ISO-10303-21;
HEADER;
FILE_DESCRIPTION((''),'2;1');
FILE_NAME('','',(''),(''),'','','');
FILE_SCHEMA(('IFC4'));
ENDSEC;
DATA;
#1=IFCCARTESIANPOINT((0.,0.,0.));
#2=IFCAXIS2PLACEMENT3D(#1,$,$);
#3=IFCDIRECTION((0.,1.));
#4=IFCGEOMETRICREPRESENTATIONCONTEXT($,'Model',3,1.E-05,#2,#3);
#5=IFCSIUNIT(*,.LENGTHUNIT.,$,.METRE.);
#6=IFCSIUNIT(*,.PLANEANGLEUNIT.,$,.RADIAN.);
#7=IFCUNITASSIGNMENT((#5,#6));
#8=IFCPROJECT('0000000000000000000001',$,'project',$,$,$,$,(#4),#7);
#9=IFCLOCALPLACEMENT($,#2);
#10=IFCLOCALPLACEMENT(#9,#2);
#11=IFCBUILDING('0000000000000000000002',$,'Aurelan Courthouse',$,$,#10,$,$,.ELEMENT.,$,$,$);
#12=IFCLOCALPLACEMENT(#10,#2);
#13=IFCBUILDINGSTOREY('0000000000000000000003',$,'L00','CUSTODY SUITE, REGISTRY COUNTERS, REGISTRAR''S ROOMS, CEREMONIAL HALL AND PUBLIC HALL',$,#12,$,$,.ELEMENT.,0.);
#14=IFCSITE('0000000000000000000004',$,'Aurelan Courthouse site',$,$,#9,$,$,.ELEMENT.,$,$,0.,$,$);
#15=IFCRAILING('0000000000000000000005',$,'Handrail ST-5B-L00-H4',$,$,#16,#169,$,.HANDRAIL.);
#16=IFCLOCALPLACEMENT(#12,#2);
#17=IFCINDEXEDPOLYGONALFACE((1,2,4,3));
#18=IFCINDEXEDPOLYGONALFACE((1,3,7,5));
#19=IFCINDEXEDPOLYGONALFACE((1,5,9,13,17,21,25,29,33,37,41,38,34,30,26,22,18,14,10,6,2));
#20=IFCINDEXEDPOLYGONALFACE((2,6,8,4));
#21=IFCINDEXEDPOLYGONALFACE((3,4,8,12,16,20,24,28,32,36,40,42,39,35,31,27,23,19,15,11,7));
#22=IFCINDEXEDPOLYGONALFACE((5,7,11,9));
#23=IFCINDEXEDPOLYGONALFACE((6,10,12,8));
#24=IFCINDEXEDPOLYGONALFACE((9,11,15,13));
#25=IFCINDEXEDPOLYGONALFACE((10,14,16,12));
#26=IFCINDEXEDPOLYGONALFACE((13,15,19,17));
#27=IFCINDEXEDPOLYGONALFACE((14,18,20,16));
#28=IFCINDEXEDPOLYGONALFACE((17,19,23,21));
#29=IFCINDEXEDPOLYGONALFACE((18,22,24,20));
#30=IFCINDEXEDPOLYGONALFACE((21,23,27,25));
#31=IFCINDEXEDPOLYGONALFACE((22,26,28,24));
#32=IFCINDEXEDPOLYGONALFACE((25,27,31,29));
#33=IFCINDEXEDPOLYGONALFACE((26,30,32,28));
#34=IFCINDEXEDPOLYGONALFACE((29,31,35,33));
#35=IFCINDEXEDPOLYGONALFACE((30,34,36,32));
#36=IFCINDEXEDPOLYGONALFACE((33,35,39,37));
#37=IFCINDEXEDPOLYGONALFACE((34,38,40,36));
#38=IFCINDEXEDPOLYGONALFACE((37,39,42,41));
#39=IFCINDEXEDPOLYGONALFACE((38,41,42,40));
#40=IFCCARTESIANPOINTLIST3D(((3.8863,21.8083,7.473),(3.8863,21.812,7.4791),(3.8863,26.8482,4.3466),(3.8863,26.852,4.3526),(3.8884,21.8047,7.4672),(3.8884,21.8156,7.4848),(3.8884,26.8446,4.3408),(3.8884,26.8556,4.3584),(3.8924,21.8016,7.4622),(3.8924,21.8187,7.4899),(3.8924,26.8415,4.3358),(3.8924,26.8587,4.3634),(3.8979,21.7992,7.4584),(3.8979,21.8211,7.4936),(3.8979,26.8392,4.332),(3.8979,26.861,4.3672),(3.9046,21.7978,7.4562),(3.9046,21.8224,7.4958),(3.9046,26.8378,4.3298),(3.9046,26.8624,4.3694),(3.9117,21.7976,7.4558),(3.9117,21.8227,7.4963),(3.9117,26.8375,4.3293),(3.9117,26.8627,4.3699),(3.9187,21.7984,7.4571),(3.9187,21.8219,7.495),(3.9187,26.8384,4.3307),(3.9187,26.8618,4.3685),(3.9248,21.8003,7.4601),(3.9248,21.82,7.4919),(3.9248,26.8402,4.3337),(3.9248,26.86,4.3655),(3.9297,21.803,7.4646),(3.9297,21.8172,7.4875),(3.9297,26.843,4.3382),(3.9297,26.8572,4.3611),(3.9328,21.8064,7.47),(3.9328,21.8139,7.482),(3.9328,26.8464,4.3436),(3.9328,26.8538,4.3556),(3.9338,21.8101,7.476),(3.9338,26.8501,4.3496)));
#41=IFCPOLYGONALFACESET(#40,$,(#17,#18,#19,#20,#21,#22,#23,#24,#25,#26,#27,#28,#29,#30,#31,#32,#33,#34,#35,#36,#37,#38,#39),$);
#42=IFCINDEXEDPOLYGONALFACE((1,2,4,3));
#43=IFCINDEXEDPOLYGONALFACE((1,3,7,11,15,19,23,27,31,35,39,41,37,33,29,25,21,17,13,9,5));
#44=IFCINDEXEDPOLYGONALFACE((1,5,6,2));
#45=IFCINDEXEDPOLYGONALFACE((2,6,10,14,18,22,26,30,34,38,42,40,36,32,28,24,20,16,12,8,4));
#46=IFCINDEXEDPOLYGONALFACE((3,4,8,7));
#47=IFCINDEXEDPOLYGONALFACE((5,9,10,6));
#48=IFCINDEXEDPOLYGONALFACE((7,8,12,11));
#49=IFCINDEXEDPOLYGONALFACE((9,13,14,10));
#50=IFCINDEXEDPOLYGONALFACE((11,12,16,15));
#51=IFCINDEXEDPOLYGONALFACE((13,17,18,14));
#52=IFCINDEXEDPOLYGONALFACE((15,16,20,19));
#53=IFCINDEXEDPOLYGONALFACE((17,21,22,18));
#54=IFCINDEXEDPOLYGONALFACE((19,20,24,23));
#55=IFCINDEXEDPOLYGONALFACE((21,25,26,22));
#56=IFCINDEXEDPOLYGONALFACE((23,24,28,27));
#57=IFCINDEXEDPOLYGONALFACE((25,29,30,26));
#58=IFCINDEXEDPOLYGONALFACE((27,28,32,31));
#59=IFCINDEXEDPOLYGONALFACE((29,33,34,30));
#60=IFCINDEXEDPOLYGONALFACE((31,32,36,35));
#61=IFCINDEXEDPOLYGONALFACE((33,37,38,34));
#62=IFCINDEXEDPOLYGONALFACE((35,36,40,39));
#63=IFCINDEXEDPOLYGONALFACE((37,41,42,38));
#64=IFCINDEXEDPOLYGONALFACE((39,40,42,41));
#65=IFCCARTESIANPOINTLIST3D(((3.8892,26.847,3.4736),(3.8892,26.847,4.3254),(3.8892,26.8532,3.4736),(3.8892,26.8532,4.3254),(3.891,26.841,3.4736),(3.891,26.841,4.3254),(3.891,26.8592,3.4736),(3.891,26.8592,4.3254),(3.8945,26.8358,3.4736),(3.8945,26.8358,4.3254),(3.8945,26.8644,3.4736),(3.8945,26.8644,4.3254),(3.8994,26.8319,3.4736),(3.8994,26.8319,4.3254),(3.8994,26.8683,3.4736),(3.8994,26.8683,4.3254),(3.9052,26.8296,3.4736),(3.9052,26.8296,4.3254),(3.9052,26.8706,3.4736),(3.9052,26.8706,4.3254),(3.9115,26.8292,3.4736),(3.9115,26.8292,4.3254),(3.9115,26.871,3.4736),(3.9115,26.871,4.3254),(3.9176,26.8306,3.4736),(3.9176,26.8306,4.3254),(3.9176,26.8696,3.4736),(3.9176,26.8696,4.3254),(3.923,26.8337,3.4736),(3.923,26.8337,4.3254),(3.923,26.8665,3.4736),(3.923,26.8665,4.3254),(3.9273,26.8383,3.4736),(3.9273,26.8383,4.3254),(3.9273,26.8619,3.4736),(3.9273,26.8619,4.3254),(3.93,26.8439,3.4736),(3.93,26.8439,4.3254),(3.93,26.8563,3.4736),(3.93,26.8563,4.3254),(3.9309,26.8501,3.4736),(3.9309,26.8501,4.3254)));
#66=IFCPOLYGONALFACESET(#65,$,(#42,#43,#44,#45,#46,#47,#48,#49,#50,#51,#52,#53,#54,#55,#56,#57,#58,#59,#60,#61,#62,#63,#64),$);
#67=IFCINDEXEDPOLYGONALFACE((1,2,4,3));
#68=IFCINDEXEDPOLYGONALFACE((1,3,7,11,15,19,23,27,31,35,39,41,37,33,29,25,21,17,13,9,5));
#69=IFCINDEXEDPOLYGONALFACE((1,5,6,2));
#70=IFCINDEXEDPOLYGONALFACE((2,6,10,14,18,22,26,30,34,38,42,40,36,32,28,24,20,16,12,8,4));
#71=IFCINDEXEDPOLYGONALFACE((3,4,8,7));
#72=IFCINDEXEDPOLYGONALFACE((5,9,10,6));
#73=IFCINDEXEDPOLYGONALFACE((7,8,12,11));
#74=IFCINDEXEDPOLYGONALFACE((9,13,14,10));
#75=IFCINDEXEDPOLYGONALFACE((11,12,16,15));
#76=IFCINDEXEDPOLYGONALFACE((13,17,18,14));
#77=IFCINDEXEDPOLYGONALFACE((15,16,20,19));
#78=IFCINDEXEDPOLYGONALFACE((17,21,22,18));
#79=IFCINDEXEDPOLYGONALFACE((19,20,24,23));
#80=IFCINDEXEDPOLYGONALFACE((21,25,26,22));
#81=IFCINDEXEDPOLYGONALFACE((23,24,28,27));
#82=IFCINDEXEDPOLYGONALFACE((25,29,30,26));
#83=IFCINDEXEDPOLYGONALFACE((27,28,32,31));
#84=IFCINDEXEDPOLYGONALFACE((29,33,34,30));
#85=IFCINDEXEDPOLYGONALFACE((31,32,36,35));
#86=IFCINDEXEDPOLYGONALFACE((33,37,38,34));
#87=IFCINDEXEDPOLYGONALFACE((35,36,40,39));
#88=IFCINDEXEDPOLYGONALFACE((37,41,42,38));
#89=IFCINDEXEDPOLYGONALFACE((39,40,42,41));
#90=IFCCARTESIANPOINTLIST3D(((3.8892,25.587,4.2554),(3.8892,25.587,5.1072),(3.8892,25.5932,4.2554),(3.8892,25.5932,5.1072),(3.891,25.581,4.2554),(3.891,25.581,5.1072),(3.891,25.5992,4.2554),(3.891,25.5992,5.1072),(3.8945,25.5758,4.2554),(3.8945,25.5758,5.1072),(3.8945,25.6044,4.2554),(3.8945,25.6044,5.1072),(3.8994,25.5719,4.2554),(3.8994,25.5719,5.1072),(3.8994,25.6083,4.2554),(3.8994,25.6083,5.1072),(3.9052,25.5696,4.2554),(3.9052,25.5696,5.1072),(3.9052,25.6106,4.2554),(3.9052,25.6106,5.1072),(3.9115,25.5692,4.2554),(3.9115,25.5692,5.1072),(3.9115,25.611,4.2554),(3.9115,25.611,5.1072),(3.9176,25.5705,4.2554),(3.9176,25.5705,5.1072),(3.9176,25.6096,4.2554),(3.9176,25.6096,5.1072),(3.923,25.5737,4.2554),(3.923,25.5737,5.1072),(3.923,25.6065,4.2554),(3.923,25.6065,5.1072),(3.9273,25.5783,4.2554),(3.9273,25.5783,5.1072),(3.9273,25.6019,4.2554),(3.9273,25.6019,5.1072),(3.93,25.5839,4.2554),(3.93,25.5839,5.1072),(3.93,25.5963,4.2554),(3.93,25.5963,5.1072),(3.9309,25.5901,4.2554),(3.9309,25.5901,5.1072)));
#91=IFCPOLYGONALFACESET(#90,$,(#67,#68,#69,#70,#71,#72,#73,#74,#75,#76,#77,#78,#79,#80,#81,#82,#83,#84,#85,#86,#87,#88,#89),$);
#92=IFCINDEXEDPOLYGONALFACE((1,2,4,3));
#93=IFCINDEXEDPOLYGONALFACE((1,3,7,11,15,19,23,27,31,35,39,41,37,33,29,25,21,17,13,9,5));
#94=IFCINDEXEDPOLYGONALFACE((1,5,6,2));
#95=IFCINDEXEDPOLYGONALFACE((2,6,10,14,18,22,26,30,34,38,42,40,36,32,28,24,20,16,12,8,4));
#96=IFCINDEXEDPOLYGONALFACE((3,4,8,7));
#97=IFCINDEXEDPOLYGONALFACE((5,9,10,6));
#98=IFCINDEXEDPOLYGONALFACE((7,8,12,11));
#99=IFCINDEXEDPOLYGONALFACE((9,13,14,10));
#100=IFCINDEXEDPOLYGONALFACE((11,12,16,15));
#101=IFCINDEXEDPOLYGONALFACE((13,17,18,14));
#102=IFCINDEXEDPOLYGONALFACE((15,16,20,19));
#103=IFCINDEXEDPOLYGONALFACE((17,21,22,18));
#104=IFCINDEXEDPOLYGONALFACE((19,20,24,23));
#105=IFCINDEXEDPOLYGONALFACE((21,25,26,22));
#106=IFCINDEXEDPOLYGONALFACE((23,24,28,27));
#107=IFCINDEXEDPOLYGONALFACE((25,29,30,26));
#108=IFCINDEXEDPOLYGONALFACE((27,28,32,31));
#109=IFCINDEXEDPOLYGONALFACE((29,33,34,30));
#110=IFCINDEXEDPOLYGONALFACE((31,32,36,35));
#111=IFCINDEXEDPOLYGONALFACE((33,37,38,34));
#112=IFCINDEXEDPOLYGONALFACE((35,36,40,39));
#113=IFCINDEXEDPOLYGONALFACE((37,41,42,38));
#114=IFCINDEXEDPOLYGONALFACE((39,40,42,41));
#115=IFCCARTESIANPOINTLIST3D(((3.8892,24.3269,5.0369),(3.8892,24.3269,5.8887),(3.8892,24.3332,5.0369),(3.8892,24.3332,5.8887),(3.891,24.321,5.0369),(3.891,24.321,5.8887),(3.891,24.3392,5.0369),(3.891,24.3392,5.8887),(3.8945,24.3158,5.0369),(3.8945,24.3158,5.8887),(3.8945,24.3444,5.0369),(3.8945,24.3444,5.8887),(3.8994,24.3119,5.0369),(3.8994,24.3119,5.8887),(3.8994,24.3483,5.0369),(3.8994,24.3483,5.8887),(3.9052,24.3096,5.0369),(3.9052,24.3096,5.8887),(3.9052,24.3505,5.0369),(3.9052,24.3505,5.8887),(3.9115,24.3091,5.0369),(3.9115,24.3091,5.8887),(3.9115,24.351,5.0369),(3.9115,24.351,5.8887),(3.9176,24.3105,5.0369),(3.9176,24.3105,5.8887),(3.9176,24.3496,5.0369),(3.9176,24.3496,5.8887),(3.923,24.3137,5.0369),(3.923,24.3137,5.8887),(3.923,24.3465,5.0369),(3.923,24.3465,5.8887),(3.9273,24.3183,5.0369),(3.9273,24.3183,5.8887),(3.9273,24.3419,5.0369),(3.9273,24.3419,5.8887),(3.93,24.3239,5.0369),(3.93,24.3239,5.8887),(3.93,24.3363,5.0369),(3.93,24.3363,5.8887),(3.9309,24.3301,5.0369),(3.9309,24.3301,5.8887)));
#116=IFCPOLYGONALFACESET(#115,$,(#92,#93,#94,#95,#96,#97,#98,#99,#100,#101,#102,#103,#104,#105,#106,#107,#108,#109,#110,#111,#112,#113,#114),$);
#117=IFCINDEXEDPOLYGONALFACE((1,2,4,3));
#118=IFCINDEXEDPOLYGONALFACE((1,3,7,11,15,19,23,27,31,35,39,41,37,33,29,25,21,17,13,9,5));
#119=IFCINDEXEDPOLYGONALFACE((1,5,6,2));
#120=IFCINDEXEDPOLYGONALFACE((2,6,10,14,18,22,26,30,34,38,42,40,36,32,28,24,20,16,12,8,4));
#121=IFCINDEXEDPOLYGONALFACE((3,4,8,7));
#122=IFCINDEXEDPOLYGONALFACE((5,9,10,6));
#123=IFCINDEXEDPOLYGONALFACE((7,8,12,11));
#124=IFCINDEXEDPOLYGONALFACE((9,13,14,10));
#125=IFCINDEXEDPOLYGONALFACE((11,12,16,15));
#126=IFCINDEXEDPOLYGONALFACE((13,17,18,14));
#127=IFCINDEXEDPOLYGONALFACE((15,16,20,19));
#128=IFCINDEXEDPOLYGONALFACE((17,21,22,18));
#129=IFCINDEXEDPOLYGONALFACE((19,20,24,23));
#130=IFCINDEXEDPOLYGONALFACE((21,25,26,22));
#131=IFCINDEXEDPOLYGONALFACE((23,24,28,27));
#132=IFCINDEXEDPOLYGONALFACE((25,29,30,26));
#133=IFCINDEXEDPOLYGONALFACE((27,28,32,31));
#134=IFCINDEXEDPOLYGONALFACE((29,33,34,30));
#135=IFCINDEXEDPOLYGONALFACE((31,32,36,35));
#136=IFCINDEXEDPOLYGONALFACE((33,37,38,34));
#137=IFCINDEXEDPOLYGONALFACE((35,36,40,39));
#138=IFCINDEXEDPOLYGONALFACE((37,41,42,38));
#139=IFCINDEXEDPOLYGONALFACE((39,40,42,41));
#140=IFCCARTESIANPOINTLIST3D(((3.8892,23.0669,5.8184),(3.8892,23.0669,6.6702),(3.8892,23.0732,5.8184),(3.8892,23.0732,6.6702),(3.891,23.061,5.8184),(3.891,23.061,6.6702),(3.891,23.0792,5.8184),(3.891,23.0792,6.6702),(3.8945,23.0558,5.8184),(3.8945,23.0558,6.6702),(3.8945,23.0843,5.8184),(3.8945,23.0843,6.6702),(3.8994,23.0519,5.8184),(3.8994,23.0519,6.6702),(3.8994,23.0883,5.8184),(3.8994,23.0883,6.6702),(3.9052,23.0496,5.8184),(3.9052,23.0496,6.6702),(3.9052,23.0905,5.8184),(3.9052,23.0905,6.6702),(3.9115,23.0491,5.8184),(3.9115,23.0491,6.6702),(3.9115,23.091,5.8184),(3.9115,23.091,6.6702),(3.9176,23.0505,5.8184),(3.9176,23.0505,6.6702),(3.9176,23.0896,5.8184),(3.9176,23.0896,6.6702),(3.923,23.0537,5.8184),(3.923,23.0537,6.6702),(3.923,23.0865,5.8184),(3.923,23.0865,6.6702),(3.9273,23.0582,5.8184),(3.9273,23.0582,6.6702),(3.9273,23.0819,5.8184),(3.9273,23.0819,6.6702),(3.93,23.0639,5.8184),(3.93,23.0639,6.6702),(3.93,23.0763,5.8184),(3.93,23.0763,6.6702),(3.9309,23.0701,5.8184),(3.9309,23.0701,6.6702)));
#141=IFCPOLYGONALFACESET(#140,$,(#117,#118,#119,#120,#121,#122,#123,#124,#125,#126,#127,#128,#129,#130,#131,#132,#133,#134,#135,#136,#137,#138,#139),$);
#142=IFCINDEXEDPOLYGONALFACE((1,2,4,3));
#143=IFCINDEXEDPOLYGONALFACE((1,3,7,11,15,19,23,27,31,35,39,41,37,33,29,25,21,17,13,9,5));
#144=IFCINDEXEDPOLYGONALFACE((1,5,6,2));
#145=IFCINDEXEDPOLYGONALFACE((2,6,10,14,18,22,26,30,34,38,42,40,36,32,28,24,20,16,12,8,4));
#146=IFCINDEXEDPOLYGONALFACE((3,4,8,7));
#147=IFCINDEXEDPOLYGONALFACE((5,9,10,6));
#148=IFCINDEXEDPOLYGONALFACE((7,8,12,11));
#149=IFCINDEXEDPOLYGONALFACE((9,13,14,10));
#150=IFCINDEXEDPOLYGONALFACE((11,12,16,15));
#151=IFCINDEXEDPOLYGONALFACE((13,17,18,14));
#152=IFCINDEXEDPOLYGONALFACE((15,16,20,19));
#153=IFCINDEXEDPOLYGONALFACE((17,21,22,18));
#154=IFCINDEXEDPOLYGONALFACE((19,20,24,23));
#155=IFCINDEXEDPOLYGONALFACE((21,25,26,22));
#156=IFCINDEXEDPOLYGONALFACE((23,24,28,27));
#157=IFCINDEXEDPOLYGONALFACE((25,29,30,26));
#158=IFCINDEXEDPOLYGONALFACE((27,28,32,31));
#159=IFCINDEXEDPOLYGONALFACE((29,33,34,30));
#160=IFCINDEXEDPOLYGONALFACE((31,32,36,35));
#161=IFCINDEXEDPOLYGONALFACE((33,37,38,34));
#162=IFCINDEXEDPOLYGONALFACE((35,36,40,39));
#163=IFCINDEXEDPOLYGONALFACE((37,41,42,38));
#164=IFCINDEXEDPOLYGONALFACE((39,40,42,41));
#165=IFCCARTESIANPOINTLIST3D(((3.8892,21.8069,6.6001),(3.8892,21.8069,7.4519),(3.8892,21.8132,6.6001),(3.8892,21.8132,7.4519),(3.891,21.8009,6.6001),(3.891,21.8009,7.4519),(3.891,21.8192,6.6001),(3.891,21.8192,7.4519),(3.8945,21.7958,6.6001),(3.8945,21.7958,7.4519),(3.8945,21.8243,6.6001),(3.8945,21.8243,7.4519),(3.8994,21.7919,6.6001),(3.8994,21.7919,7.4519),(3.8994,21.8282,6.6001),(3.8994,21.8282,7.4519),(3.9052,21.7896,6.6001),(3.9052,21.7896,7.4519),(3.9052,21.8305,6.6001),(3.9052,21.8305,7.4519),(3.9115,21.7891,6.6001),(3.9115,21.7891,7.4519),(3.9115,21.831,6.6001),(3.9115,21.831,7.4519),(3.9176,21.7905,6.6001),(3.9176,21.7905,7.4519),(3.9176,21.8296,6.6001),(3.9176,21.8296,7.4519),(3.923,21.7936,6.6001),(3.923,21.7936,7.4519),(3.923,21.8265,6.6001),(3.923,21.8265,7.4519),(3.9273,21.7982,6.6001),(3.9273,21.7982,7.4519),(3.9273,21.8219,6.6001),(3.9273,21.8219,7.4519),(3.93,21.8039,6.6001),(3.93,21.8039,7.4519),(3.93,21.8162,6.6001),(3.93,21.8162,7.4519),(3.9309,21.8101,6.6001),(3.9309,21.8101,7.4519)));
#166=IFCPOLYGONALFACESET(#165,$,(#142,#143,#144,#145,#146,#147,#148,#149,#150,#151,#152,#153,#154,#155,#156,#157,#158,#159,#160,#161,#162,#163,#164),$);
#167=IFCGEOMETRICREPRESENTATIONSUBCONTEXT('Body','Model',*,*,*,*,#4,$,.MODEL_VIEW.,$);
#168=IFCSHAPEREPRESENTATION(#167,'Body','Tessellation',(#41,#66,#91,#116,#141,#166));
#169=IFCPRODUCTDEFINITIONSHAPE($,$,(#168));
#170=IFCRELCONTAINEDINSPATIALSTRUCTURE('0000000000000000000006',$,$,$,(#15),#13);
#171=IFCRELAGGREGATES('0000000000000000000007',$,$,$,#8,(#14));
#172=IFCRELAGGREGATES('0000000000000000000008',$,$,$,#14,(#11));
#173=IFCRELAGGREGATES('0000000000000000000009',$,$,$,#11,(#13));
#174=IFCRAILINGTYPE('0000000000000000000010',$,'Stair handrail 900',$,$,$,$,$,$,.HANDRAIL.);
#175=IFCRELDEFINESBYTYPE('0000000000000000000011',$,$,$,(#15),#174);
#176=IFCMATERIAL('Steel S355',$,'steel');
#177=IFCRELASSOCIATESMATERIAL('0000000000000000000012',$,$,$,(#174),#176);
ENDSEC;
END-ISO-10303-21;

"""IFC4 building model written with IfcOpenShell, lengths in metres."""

from ifc_helpers import new_model, si_unit, direction, frame, origin, origin_2d, place, context, subcontext, project, spatial, circle, extrude, material, type_object, element, save


model = new_model("IFC4")

# Units and contexts
model_context = context("Model", 3, precision=1e-05, world=origin(), true_north=direction((0.0, 1.0)))
body_context = subcontext(model_context, "Body", "Model", "MODEL_VIEW")
ifc_project = project(units=[si_unit("LENGTHUNIT", "METRE"), si_unit("PLANEANGLEUNIT", "RADIAN")], contexts=[model_context])

# Site, building, storey
site_placement = place(None, origin())
site = spatial("IfcSite", under=ifc_project, at=site_placement, Name="Aurelan Courthouse site", CompositionType="ELEMENT", RefElevation=0.0)
building_placement = place(site_placement, origin())
building = spatial("IfcBuilding", under=site, at=building_placement, Name="Aurelan Courthouse", CompositionType="ELEMENT")
storey_placement = place(building_placement, origin())
storey = spatial("IfcBuildingStorey", under=building, at=storey_placement, Name="L00", Description="CUSTODY SUITE, REGISTRY COUNTERS, REGISTRAR'S ROOMS, CEREMONIAL HALL AND PUBLIC HALL", CompositionType="ELEMENT", Elevation=0.0)

# Railing
ifc_material_1 = material(Name="Steel S355", Category="steel")
railing_type_1 = type_object("IfcRailingType", Name="Stair handrail 900", PredefinedType="HANDRAIL", material=ifc_material_1)
for number, where, name in (
    (1, (3.9099, 26.8501, 3.4736), "Handrail ST-5B-L00-H4"),
):
    element("IfcRailing", number, at=place(storey_placement, frame(where)), inside=storey, type_object=railing_type_1, Name=name, PredefinedType="HANDRAIL", context=body_context, shape_type="SweptSolid", body=[
        extrude(circle(Radius=0.0239, at=origin_2d()), frame((0.0, 0.0, 0.876), z_axis=(0.0, -0.849779, 0.527139), x_axis=(1.0, 0.0, 0.0)), (0.0, 0.0, 1.0), 5.9309),
        extrude(circle(Radius=0.021, at=origin_2d()), origin(), (0.0, 0.0, 1.0), 0.8518),
        extrude(circle(Radius=0.021, at=origin_2d()), frame((0.0, -1.26, 0.7817)), (0.0, 0.0, 1.0), 0.8518),
        extrude(circle(Radius=0.021, at=origin_2d()), frame((0.0, -2.52, 1.5632)), (0.0, 0.0, 1.0), 0.8518),
        extrude(circle(Radius=0.021, at=origin_2d()), frame((0.0, -3.78, 2.3447)), (0.0, 0.0, 1.0), 0.8518),
        extrude(circle(Radius=0.021, at=origin_2d()), frame((0.0, -5.04, 3.1265)), (0.0, 0.0, 1.0), 0.8518),
    ])

save(model, "model.ifc")
